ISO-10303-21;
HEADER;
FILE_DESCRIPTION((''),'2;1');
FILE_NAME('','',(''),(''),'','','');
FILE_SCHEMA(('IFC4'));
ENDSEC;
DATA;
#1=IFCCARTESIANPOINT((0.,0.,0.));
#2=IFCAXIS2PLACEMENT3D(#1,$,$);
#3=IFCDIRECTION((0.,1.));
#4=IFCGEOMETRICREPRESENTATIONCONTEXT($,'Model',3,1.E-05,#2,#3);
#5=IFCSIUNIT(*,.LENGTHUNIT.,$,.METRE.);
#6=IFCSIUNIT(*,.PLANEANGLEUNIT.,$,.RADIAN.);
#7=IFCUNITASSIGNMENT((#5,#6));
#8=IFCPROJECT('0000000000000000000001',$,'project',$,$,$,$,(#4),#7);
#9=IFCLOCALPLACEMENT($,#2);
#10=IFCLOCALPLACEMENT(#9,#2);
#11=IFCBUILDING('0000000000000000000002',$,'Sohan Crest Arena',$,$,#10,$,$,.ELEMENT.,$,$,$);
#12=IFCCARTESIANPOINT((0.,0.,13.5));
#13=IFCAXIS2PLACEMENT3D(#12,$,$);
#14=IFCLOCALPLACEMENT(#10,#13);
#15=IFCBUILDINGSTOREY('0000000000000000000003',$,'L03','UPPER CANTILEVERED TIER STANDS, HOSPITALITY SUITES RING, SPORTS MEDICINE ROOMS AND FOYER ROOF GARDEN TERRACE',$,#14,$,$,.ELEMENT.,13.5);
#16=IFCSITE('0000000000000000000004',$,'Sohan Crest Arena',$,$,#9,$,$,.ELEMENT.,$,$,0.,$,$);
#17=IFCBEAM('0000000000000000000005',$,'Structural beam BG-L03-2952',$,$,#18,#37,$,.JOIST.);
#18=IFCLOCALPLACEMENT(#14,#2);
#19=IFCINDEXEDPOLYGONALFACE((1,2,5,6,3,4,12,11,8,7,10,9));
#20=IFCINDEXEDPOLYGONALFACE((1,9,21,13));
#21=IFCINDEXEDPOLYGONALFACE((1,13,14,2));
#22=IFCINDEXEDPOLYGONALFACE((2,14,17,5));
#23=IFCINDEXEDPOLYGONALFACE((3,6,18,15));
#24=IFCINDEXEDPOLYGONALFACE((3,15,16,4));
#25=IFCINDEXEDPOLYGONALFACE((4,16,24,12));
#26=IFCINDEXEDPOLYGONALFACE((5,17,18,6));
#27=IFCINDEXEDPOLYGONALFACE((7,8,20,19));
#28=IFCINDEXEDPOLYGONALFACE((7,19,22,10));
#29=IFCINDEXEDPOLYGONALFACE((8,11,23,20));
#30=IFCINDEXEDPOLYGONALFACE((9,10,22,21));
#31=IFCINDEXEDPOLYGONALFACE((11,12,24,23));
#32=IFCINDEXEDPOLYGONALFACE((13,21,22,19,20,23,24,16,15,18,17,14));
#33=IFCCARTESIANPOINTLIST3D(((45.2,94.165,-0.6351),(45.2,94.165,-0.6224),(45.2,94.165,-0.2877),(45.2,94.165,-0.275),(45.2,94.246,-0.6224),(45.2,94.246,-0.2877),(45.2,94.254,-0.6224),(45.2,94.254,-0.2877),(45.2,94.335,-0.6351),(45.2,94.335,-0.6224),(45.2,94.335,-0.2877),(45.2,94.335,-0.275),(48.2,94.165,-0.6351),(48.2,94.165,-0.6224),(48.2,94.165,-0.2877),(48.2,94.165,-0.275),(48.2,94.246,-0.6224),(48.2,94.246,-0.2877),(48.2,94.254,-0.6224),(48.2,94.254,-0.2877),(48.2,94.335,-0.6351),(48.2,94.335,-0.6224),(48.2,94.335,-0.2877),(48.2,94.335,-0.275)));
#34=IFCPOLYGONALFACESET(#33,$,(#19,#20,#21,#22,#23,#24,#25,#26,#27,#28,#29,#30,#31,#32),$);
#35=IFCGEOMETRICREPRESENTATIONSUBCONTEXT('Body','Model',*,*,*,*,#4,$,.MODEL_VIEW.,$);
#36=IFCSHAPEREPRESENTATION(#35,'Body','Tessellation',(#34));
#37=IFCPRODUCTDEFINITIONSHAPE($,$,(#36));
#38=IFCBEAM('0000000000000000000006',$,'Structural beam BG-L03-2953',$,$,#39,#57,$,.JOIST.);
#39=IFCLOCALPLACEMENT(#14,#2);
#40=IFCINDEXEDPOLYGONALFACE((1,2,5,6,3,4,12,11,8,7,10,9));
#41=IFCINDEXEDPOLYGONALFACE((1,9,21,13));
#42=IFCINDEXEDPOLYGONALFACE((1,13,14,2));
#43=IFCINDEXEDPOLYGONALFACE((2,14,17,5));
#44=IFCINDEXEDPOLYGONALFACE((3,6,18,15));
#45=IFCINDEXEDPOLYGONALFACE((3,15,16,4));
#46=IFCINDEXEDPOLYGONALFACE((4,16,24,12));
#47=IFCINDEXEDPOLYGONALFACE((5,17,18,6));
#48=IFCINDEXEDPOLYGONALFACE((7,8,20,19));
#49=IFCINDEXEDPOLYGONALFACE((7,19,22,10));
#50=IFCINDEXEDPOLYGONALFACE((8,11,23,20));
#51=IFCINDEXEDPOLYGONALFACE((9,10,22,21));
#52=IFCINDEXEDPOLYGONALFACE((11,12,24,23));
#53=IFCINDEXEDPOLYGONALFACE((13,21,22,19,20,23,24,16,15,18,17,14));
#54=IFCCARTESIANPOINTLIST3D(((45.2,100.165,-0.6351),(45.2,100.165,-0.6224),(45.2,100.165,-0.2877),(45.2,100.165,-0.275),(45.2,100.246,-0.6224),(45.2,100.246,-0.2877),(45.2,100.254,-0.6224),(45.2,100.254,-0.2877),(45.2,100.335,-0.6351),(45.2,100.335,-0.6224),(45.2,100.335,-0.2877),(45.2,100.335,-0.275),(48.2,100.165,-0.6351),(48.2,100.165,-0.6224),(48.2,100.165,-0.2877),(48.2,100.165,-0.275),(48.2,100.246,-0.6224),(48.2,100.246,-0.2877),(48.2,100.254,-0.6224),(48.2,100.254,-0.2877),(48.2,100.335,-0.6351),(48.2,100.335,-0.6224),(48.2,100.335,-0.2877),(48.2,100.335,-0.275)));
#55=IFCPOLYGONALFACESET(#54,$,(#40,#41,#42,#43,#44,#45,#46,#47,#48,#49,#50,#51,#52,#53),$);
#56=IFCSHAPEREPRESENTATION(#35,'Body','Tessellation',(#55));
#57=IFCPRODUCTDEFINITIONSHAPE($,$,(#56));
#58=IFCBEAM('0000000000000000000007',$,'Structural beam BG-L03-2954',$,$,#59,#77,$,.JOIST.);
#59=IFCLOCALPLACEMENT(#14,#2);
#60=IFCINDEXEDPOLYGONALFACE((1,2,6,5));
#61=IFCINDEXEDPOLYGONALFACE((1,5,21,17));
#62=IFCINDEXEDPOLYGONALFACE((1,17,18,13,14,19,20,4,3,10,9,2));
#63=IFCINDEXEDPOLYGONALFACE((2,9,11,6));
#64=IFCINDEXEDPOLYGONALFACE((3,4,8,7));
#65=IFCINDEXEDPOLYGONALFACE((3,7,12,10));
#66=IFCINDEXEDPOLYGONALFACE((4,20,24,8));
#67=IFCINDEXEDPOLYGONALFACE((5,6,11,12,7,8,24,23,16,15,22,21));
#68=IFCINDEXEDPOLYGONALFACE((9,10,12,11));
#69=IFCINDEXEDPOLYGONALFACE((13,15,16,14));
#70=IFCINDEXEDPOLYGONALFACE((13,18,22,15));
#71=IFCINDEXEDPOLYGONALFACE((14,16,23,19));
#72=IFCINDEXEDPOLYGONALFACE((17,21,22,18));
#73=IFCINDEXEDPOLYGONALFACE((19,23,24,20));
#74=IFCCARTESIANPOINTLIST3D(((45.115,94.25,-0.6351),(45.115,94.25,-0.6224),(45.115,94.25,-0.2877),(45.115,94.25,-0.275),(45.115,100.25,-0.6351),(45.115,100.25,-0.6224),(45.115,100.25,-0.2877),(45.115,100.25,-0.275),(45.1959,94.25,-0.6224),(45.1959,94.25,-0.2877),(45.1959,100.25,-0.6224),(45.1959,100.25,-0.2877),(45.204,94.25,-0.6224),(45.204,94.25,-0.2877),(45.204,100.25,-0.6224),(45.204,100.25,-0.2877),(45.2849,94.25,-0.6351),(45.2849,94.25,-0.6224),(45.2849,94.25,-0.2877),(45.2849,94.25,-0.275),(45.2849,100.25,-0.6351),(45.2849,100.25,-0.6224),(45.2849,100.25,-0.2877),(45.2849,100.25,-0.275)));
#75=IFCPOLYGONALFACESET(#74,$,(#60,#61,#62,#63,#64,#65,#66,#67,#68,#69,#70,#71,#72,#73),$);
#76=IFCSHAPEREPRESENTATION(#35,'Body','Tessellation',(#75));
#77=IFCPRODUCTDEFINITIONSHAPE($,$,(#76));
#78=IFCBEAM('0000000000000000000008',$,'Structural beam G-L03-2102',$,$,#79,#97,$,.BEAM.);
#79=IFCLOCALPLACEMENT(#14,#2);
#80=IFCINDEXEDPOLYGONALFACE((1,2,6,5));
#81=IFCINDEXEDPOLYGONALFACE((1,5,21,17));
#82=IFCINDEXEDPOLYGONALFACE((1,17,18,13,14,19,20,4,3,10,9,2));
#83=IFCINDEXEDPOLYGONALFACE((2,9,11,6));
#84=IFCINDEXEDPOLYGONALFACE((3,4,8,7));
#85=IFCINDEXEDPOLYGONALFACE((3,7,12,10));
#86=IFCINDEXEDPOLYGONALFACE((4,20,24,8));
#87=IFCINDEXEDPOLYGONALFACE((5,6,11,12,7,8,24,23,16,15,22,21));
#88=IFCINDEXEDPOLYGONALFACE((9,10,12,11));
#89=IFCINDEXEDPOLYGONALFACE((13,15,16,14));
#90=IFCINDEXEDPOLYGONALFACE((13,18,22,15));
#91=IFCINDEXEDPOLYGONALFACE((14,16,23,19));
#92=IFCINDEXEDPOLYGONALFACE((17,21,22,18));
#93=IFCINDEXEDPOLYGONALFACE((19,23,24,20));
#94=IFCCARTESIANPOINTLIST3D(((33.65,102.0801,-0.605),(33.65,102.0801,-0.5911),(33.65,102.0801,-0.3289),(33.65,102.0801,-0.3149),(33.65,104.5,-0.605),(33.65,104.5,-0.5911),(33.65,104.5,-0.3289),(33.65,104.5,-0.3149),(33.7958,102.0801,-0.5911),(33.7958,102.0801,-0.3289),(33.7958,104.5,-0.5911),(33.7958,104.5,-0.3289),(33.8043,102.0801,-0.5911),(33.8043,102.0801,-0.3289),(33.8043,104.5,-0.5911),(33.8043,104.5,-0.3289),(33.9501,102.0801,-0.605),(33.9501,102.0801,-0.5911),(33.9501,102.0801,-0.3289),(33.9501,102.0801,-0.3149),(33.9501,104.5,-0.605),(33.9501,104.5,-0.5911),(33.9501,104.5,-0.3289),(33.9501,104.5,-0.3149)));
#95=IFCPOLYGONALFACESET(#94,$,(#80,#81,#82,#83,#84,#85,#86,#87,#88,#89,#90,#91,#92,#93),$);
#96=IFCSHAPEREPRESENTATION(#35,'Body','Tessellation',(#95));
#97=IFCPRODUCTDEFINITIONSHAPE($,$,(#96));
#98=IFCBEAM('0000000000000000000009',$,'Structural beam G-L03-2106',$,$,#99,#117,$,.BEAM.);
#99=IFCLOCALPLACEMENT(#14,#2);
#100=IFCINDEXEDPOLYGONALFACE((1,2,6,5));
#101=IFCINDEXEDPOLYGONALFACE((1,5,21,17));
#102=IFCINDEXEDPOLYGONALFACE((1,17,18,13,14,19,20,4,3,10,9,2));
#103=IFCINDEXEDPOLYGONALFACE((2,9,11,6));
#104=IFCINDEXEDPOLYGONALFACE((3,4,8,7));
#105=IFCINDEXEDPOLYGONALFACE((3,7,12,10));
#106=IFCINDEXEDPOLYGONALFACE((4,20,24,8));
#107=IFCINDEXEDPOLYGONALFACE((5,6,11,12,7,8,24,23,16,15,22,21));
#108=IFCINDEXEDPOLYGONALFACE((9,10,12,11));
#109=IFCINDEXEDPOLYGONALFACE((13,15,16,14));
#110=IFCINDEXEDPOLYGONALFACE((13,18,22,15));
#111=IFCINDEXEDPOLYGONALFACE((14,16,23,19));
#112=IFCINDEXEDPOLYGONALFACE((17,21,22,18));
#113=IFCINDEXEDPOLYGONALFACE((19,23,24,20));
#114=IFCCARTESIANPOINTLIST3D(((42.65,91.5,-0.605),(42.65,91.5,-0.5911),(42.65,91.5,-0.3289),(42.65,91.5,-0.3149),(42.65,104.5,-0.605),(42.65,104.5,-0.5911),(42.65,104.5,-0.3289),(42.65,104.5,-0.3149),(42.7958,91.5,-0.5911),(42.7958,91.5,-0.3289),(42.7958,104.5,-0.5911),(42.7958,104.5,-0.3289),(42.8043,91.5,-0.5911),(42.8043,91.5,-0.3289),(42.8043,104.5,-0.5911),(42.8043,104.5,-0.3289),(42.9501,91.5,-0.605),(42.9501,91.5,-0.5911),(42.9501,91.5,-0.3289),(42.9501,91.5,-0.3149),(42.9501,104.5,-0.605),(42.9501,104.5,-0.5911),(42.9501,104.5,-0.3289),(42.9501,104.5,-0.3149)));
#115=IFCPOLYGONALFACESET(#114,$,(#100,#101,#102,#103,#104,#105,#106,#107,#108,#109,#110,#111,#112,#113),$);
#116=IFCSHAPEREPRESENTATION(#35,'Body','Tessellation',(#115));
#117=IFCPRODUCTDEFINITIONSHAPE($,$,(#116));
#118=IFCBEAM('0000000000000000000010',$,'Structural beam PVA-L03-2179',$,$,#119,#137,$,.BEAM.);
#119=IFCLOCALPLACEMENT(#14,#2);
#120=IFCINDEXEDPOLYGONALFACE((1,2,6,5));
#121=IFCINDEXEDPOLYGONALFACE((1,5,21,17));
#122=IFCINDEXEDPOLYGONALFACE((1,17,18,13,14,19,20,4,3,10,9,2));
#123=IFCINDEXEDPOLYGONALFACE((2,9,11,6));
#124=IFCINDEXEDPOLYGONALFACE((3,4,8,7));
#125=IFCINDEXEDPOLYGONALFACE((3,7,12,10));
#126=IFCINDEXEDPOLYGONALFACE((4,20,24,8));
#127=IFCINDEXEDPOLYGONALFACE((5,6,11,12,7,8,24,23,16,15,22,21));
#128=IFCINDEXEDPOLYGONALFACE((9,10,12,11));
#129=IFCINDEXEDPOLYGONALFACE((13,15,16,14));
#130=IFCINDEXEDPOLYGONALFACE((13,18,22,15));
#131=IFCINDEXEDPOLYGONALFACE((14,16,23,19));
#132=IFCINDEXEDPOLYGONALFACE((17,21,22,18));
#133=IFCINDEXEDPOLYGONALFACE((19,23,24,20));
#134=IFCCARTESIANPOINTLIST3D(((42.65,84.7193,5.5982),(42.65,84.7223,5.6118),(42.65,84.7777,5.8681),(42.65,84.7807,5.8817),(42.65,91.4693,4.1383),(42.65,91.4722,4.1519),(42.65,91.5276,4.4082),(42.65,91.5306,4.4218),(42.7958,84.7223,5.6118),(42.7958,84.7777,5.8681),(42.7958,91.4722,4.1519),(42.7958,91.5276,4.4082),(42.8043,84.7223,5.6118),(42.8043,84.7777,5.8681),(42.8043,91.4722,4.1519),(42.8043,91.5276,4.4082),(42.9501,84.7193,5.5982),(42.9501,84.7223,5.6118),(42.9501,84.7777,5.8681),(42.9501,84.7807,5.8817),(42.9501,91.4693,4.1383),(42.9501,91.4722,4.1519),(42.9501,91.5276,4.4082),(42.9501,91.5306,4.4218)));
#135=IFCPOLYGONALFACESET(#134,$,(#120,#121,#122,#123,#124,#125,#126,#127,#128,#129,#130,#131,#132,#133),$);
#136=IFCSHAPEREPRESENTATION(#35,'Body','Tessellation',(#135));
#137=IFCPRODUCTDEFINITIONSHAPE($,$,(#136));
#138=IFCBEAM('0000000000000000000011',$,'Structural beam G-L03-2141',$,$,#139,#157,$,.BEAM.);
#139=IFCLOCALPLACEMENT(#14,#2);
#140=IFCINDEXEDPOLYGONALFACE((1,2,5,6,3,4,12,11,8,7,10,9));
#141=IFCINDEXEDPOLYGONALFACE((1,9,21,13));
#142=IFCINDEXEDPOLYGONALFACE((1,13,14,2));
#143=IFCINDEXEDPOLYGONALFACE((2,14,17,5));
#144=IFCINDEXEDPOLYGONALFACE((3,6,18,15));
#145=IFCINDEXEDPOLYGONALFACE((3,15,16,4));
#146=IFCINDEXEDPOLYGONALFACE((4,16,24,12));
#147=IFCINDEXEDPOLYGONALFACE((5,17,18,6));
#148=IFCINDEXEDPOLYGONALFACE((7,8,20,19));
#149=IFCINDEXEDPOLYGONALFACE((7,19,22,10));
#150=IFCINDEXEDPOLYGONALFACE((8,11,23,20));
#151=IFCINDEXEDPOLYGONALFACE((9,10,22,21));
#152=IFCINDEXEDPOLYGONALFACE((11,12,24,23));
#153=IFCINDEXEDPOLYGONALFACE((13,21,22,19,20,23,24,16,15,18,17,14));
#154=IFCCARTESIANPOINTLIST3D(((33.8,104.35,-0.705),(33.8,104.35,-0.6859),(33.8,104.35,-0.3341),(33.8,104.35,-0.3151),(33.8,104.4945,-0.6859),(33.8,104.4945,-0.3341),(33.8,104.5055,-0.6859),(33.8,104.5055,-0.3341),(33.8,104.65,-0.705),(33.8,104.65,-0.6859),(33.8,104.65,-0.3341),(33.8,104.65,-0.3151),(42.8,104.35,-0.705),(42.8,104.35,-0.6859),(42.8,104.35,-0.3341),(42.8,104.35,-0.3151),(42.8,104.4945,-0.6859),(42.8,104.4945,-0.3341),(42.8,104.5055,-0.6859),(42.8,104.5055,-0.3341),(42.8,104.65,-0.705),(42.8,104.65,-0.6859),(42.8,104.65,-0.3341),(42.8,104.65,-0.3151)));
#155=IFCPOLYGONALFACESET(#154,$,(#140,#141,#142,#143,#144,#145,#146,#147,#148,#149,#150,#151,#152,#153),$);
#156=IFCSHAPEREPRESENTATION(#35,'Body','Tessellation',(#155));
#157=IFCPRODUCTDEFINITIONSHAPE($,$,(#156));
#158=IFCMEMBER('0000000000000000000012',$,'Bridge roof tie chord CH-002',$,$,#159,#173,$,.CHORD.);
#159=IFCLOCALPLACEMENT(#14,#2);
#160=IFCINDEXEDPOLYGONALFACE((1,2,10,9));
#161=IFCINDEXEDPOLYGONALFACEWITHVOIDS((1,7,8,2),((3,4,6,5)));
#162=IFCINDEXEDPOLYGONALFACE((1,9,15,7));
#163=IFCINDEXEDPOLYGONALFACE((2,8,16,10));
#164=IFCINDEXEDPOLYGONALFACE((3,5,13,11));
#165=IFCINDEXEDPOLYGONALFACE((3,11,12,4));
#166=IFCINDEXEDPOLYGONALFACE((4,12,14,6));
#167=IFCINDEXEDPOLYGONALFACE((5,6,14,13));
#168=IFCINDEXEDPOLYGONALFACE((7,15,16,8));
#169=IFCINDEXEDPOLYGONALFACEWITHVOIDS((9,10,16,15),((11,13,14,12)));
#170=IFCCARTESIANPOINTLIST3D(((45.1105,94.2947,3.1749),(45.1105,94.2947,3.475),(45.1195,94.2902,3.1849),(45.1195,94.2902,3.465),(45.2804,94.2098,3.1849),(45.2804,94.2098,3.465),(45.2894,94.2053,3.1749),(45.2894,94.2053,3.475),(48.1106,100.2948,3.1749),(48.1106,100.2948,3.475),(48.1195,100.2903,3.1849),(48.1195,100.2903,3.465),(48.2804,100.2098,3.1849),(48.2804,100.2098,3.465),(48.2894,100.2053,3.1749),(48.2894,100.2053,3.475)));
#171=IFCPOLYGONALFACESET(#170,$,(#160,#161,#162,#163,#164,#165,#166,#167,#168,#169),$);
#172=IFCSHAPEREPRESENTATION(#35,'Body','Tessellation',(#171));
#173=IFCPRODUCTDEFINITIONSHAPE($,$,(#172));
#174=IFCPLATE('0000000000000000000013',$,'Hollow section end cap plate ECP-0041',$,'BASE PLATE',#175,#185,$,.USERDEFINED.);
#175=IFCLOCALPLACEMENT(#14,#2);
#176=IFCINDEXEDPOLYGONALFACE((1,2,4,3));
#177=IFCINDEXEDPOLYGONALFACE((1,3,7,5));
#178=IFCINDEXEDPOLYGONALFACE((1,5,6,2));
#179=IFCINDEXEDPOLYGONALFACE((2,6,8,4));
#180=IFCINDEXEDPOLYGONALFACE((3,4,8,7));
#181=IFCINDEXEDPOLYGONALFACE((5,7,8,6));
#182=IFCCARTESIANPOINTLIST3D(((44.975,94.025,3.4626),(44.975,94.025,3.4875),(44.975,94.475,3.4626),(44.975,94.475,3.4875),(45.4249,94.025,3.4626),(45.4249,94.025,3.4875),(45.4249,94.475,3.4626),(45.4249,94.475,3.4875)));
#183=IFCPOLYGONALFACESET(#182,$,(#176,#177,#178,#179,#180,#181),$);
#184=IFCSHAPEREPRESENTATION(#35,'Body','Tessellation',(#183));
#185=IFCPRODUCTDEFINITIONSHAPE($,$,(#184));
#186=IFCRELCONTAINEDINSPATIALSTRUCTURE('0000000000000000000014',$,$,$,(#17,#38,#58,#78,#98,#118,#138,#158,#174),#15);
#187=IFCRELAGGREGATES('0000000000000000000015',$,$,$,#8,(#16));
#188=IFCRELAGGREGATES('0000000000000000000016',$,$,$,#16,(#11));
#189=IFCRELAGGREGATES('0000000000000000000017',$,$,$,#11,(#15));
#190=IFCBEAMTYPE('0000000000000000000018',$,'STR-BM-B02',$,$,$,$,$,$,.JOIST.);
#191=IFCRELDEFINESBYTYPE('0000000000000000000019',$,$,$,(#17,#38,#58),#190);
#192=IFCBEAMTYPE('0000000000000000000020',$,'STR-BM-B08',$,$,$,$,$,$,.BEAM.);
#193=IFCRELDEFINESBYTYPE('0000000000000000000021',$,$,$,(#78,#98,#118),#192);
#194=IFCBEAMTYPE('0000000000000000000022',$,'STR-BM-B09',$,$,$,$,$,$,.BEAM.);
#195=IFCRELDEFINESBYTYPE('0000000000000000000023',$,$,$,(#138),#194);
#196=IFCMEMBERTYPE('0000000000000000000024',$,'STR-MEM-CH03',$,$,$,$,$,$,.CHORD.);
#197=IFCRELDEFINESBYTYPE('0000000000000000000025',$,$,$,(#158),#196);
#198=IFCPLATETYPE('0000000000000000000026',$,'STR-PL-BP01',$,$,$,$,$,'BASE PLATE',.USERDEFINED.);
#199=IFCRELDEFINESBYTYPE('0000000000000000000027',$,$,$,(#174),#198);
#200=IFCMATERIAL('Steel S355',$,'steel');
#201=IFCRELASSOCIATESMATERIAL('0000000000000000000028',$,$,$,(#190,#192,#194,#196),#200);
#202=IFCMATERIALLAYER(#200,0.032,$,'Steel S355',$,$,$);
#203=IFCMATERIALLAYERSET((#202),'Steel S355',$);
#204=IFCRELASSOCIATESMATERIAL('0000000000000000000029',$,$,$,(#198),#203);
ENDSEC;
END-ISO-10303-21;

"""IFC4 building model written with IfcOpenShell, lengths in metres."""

from ifc_helpers import new_model, si_unit, direction, frame, origin, origin_2d, place, context, subcontext, project, spatial, rectangle, hollow_rectangle, i_section, extrude, material, layer, layer_set, material_profile, profile_set, type_object, element, save


model = new_model("IFC4")

# Units and contexts
model_context = context("Model", 3, precision=1e-05, world=origin(), true_north=direction((0.0, 1.0)))
body_context = subcontext(model_context, "Body", "Model", "MODEL_VIEW")
ifc_project = project(units=[si_unit("LENGTHUNIT", "METRE"), si_unit("PLANEANGLEUNIT", "RADIAN")], contexts=[model_context])

# Site, building, storey
site_placement = place(None, origin())
site = spatial("IfcSite", under=ifc_project, at=site_placement, Name="Sohan Crest Arena", CompositionType="ELEMENT", RefElevation=0.0)
building_placement = place(site_placement, origin())
building = spatial("IfcBuilding", under=site, at=building_placement, Name="Sohan Crest Arena", CompositionType="ELEMENT")
storey_placement = place(building_placement, frame((0.0, 0.0, 13.5)))
storey = spatial("IfcBuildingStorey", under=building, at=storey_placement, Name="L03", Description="UPPER CANTILEVERED TIER STANDS, HOSPITALITY SUITES RING, SPORTS MEDICINE ROOMS AND FOYER ROOF GARDEN TERRACE", CompositionType="ELEMENT", Elevation=13.5)

# Shared definitions
ifc_material_1 = material(Name="Steel S355", Category="steel")

# Beams
ifc_material_profile_1 = material_profile(ifc_material_1, i_section(OverallWidth=0.1699, OverallDepth=0.3601, WebThickness=0.0081, FlangeThickness=0.0127, at=origin_2d()), Name="IPE 360")
ifc_profile_set_1 = profile_set([ifc_material_profile_1], Name="Steel S355")
beam_type_1 = type_object("IfcBeamType", Name="STR-BM-B02", PredefinedType="JOIST", material=ifc_profile_set_1)
for number, where, z_axis, x_axis, name in (
    (1, (45.2, 94.25, -0.4551), (1.0, 0.0, 0.0), (0.0, 1.0, 0.0), "Structural beam BG-L03-2952"),
    (2, (45.2, 100.25, -0.4551), (1.0, 0.0, 0.0), (0.0, 1.0, 0.0), "Structural beam BG-L03-2953"),
):
    element("IfcBeam", number, at=place(storey_placement, frame(where, z_axis=z_axis, x_axis=x_axis)), inside=storey, type_object=beam_type_1, Name=name, PredefinedType="JOIST", context=body_context, shape_type="SweptSolid", body=[
        extrude(i_section(OverallWidth=0.1699, OverallDepth=0.3601, WebThickness=0.0081, FlangeThickness=0.0127, at=origin_2d()), origin(), (0.0, 0.0, 1.0), 3.0),
    ])
beam_1_placement = place(storey_placement, frame((45.2, 94.25, -0.4551), z_axis=(0.0, 1.0, 0.0), x_axis=(-1.0, 0.0, 0.0)))
element("IfcBeam", 3, at=beam_1_placement, inside=storey, type_object=beam_type_1, Name="Structural beam BG-L03-2954", PredefinedType="JOIST", context=body_context, shape_type="SweptSolid", body=[
    extrude(i_section(OverallWidth=0.1699, OverallDepth=0.3601, WebThickness=0.0081, FlangeThickness=0.0127, at=origin_2d()), origin(), (0.0, 0.0, 1.0), 6.0),
])
ifc_material_profile_2 = material_profile(ifc_material_1, i_section(OverallWidth=0.3, OverallDepth=0.29, WebThickness=0.0085, FlangeThickness=0.0139, at=origin_2d()), Name="HEA 300")
ifc_profile_set_2 = profile_set([ifc_material_profile_2], Name="Steel S355")
beam_type_2 = type_object("IfcBeamType", Name="STR-BM-B08", PredefinedType="BEAM", material=ifc_profile_set_2)
beam_2_placement = place(storey_placement, frame((33.8, 102.0801, -0.46), z_axis=(0.0, 1.0, 0.0), x_axis=(-1.0, 0.0, 0.0)))
element("IfcBeam", 4, at=beam_2_placement, inside=storey, type_object=beam_type_2, Name="Structural beam G-L03-2102", PredefinedType="BEAM", context=body_context, shape_type="SweptSolid", body=[
    extrude(i_section(OverallWidth=0.3, OverallDepth=0.29, WebThickness=0.0085, FlangeThickness=0.0139, at=origin_2d()), origin(), (0.0, 0.0, 1.0), 2.4199),
])
beam_3_placement = place(storey_placement, frame((42.8, 91.5, -0.46), z_axis=(0.0, 1.0, 0.0), x_axis=(-1.0, 0.0, 0.0)))
element("IfcBeam", 5, at=beam_3_placement, inside=storey, type_object=beam_type_2, Name="Structural beam G-L03-2106", PredefinedType="BEAM", context=body_context, shape_type="SweptSolid", body=[
    extrude(i_section(OverallWidth=0.3, OverallDepth=0.29, WebThickness=0.0085, FlangeThickness=0.0139, at=origin_2d()), origin(), (0.0, 0.0, 1.0), 13.0),
])
beam_4_placement = place(storey_placement, frame((42.8, 84.75, 5.74), z_axis=(0.0, 0.977399, -0.211402), x_axis=(-1.0, 0.0, 0.0)))
element("IfcBeam", 6, at=beam_4_placement, inside=storey, type_object=beam_type_2, Name="Structural beam PVA-L03-2179", PredefinedType="BEAM", context=body_context, shape_type="SweptSolid", body=[
    extrude(i_section(OverallWidth=0.3, OverallDepth=0.29, WebThickness=0.0085, FlangeThickness=0.0139, at=origin_2d()), origin(), (0.0, 0.0, 1.0), 6.906),
])
ifc_material_profile_3 = material_profile(ifc_material_1, i_section(OverallWidth=0.3, OverallDepth=0.3899, WebThickness=0.011, FlangeThickness=0.019, at=origin_2d()), Name="HEA 400")
ifc_profile_set_3 = profile_set([ifc_material_profile_3], Name="Steel S355")
beam_type_3 = type_object("IfcBeamType", Name="STR-BM-B09", PredefinedType="BEAM", material=ifc_profile_set_3)
beam_5_placement = place(storey_placement, frame((33.8, 104.5, -0.51), z_axis=(1.0, 0.0, 0.0), x_axis=(0.0, 1.0, 0.0)))
element("IfcBeam", 7, at=beam_5_placement, inside=storey, type_object=beam_type_3, Name="Structural beam G-L03-2141", PredefinedType="BEAM", context=body_context, shape_type="SweptSolid", body=[
    extrude(i_section(OverallWidth=0.3, OverallDepth=0.3899, WebThickness=0.011, FlangeThickness=0.019, at=origin_2d()), origin(), (0.0, 0.0, 1.0), 9.0),
])

# Member
ifc_material_profile_4 = material_profile(ifc_material_1, hollow_rectangle(XDim=0.2, YDim=0.3, WallThickness=0.01, at=origin_2d()), Name="RHS 300x200x10")
ifc_profile_set_4 = profile_set([ifc_material_profile_4], Name="Steel S355")
member_type_1 = type_object("IfcMemberType", Name="STR-MEM-CH03", PredefinedType="CHORD", material=ifc_profile_set_4)
member_1_placement = place(storey_placement, frame((45.2, 94.25, 3.325), z_axis=(0.447214, 0.894427, 0.0), x_axis=(-0.894427, 0.447214, 0.0)))
element("IfcMember", 8, at=member_1_placement, inside=storey, type_object=member_type_1, Name="Bridge roof tie chord CH-002", PredefinedType="CHORD", context=body_context, shape_type="SweptSolid", body=[
    extrude(hollow_rectangle(XDim=0.2, YDim=0.3, WallThickness=0.01, at=origin_2d()), origin(), (0.0, 0.0, 1.0), 6.7083),
])

# Plate
ifc_layer_1 = layer(ifc_material_1, 0.032, Name="Steel S355")
ifc_layer_set_1 = layer_set([ifc_layer_1], Name="Steel S355")
plate_type = type_object("IfcPlateType", Name="STR-PL-BP01", ElementType="BASE PLATE", PredefinedType="USERDEFINED", material=ifc_layer_set_1)
for number, where, z_axis, x_axis, name in (
    (9, (45.2, 94.25, 3.4626), (0.0, 0.0, 1.0), (1.0, 0.0, 0.0), "Hollow section end cap plate ECP-0041"),
):
    element("IfcPlate", number, at=place(storey_placement, frame(where, z_axis=z_axis, x_axis=x_axis)), inside=storey, type_object=plate_type, Name=name, ObjectType="BASE PLATE", PredefinedType="USERDEFINED", context=body_context, shape_type="SweptSolid", body=[
        extrude(rectangle(XDim=0.45, YDim=0.45, at=origin_2d()), origin(), (0.0, 0.0, 1.0), 0.0249),
    ])

save(model, "model.ifc")
